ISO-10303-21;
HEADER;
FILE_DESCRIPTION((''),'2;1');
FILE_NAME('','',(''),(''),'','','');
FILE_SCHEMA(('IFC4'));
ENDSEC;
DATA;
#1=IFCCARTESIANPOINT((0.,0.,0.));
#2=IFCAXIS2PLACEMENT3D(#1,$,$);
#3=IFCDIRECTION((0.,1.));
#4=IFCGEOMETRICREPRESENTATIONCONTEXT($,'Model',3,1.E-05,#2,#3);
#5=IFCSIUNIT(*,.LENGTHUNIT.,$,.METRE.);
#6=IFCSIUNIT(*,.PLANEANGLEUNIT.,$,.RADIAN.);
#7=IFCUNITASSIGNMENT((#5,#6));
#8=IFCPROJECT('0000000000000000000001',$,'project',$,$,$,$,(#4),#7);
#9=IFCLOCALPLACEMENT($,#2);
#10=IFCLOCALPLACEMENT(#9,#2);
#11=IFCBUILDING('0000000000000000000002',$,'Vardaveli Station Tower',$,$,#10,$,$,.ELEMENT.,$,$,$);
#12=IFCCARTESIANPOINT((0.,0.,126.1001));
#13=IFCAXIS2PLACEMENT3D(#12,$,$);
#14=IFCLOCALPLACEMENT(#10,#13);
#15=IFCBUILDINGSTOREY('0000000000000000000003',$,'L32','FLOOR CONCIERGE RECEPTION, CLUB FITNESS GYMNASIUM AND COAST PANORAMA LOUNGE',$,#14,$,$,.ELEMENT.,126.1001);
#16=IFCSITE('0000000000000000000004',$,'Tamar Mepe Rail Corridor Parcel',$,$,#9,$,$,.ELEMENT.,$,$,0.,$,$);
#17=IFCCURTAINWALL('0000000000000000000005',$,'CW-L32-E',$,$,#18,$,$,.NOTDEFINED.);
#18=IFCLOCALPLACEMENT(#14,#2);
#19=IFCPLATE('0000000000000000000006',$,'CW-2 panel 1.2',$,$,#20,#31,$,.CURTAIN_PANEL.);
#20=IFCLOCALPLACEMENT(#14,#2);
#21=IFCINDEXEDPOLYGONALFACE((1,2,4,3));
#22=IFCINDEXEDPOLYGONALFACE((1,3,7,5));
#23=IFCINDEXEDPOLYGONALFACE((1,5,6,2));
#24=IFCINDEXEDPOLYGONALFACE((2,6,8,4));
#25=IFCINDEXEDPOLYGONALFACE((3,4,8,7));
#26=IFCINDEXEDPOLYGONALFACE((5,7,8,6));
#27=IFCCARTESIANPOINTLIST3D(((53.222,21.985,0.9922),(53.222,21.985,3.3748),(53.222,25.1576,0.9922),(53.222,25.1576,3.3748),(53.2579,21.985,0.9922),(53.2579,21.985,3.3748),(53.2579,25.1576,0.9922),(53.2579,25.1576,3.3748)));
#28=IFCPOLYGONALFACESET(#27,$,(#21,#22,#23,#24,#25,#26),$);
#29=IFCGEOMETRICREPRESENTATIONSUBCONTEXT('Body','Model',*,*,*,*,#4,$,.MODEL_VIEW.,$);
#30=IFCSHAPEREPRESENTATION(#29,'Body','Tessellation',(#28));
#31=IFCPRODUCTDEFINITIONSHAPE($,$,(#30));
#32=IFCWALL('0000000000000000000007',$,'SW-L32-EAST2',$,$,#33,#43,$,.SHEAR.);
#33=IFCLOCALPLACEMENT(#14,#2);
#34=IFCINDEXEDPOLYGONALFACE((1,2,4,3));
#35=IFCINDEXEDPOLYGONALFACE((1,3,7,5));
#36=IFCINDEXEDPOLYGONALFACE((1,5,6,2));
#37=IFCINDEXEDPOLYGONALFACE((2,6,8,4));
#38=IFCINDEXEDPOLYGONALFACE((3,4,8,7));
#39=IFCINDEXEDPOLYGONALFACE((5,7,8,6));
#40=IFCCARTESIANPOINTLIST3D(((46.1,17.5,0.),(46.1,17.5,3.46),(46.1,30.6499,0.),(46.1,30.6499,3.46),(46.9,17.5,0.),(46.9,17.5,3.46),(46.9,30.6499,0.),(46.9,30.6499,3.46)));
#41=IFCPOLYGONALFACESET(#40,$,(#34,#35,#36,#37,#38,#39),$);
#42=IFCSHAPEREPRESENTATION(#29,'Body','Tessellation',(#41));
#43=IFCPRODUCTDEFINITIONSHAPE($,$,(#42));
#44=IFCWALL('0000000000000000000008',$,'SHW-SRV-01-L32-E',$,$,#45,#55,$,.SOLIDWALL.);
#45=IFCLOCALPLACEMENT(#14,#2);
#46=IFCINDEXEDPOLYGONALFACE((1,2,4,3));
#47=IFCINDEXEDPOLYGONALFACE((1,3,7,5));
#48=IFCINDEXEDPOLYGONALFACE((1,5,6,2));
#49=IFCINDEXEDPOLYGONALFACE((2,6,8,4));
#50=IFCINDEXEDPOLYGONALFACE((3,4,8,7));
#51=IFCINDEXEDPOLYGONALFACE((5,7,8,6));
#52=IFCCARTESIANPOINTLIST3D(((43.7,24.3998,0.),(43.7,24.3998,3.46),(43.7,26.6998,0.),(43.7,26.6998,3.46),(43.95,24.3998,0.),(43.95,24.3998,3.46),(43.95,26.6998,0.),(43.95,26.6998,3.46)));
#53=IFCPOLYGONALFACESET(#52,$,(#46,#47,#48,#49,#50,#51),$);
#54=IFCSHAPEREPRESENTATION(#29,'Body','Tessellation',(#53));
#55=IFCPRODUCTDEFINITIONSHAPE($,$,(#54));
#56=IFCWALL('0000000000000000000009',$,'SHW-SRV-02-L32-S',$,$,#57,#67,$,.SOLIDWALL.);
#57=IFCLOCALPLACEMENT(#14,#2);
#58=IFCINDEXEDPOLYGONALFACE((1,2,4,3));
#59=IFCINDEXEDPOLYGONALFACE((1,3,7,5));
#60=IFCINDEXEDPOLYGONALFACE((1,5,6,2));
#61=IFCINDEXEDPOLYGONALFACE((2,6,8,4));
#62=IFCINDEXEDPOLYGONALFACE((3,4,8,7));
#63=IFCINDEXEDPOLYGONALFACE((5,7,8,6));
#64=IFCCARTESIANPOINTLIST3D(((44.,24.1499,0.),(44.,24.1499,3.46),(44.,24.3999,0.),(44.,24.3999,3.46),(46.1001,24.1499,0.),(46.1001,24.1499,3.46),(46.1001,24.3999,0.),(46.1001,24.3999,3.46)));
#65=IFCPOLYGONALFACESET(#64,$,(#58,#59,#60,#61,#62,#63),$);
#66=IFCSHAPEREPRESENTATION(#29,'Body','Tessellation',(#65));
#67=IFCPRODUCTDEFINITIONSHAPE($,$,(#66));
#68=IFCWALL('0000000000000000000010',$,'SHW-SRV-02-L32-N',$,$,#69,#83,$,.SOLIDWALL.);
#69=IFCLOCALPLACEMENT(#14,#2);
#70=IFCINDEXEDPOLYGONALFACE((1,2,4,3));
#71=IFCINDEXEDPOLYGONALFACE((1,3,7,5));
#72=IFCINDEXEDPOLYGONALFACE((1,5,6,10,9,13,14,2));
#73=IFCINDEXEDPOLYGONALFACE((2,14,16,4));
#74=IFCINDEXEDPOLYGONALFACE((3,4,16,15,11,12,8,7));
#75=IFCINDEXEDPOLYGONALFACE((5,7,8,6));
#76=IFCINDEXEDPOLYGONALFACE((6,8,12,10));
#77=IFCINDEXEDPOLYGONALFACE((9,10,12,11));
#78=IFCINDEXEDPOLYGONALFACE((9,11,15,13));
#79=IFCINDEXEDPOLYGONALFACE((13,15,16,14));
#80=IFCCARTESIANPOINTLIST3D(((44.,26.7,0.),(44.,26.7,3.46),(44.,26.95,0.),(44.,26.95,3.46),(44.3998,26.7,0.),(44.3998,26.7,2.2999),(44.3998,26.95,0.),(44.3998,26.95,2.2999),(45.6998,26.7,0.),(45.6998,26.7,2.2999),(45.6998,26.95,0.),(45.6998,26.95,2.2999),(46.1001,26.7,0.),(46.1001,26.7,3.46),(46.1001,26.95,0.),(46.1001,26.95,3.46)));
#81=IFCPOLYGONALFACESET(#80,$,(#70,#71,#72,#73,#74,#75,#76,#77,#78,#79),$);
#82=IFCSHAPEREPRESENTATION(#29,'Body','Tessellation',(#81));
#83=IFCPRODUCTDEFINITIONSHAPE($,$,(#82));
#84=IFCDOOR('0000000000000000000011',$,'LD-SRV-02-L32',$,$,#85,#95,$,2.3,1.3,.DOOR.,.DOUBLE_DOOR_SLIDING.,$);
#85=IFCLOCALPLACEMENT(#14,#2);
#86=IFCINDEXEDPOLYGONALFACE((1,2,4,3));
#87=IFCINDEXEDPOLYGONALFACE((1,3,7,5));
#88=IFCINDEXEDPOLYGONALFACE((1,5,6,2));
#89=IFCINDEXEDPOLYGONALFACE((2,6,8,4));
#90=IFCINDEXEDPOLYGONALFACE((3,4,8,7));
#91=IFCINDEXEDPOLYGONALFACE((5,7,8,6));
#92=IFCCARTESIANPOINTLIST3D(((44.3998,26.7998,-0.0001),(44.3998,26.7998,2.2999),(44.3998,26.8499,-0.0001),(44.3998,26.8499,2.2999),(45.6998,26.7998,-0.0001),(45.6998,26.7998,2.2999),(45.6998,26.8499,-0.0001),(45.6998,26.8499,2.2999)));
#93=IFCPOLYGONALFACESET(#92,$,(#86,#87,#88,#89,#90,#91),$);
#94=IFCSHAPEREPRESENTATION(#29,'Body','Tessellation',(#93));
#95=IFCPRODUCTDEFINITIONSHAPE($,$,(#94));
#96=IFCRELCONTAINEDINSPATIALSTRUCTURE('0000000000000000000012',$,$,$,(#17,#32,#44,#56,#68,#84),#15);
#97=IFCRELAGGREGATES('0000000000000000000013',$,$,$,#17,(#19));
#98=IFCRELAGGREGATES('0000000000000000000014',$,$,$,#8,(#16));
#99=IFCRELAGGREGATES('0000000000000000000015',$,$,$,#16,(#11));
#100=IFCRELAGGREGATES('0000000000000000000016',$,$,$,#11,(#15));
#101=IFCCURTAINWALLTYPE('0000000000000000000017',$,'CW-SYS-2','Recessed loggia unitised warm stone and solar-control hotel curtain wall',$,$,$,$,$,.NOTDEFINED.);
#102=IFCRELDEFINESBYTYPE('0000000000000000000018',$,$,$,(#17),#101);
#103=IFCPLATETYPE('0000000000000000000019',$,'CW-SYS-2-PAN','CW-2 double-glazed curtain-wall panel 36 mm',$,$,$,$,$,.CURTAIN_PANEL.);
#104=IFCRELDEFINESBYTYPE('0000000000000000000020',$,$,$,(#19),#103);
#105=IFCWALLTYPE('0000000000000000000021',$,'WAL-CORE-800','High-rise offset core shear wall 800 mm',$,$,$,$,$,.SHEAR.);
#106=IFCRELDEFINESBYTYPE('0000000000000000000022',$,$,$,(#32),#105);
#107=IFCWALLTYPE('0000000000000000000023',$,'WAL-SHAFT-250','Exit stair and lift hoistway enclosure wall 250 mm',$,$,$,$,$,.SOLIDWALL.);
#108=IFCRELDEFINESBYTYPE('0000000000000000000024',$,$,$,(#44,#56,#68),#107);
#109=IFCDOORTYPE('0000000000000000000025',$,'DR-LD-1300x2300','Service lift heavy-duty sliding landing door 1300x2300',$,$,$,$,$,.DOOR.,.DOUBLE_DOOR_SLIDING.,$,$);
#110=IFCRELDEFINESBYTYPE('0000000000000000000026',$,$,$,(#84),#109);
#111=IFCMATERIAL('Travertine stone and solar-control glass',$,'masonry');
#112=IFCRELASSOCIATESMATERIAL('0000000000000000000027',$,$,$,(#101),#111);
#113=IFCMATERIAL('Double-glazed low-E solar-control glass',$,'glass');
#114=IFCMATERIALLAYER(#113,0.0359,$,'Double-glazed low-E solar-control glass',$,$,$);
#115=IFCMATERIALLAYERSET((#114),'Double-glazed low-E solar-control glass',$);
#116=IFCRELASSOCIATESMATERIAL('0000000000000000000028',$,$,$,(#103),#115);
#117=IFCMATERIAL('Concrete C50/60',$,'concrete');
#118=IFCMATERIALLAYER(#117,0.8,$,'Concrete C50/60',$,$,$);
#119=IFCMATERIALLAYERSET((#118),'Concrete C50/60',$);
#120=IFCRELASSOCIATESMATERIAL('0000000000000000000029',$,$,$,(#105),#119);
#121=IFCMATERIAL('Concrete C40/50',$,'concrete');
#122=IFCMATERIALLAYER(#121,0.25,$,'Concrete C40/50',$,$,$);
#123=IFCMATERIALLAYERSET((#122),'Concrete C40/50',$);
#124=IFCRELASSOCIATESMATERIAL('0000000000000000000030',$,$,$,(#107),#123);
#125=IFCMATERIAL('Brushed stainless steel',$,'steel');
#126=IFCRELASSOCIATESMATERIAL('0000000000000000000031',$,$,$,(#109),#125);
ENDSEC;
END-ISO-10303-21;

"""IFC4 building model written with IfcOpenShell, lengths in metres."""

from ifc_helpers import new_model, si_unit, direction, frame, frame_2d, origin, origin_2d, place, context, subcontext, project, spatial, rectangle, extrude, source, transform, mapped, material, layer, layer_set, type_object, element, fill, aggregate, save


model = new_model("IFC4")

# Units and contexts
model_context = context("Model", 3, precision=1e-05, world=origin(), true_north=direction((0.0, 1.0)))
body_context = subcontext(model_context, "Body", "Model", "MODEL_VIEW")
ifc_project = project(units=[si_unit("LENGTHUNIT", "METRE"), si_unit("PLANEANGLEUNIT", "RADIAN")], contexts=[model_context])

# Site, building, storey
site_placement = place(None, origin())
site = spatial("IfcSite", under=ifc_project, at=site_placement, Name="Tamar Mepe Rail Corridor Parcel", CompositionType="ELEMENT", RefElevation=0.0)
building_placement = place(site_placement, origin())
building = spatial("IfcBuilding", under=site, at=building_placement, Name="Vardaveli Station Tower", CompositionType="ELEMENT")
storey_placement = place(building_placement, frame((0.0, 0.0, 126.1001)))
storey = spatial("IfcBuildingStorey", under=building, at=storey_placement, Name="L32", Description="FLOOR CONCIERGE RECEPTION, CLUB FITNESS GYMNASIUM AND COAST PANORAMA LOUNGE", CompositionType="ELEMENT", Elevation=126.1001)

# Curtain wall, plate
ifc_material_1 = material(Name="Travertine stone and solar-control glass", Category="masonry")
curtain_wall_type = type_object("IfcCurtainWallType", Name="CW-SYS-2", Description="Recessed loggia unitised warm stone and solar-control hotel curtain wall", PredefinedType="NOTDEFINED", material=ifc_material_1)
curtain_wall_placement = place(storey_placement, origin())
curtain_wall = element("IfcCurtainWall", 1, at=curtain_wall_placement, inside=storey, type_object=curtain_wall_type, Name="CW-L32-E", PredefinedType="NOTDEFINED")
ifc_material_2 = material(Name="Double-glazed low-E solar-control glass", Category="glass")
ifc_layer_1 = layer(ifc_material_2, 0.0359, Name="Double-glazed low-E solar-control glass")
ifc_layer_set_1 = layer_set([ifc_layer_1], Name="Double-glazed low-E solar-control glass")
plate_type = type_object("IfcPlateType", Name="CW-SYS-2-PAN", Description="CW-2 double-glazed curtain-wall panel 36 mm", PredefinedType="CURTAIN_PANEL", material=ifc_layer_set_1)
shared_shape_1 = source(origin(), body_context, "Body", "SweptSolid", [
    extrude(rectangle(XDim=3.1726, YDim=0.0359, at=origin_2d()), origin(), (0.0, 0.0, 1.0), 2.3826),
])
plate_1_placement = place(storey_placement, frame((53.24, 23.5713, 0.9922), z_axis=(0.0, 0.0, 1.0), x_axis=(0.0, 1.0, 0.0)))
plate_1 = element("IfcPlate", 2, at=plate_1_placement, type_object=plate_type, Name="CW-2 panel 1.2", PredefinedType="CURTAIN_PANEL", context=body_context, shape_type="MappedRepresentation", body=[
    mapped(shared_shape_1, transform((0.0, 0.0, 0.0), scale=1.0)),
])
aggregate(curtain_wall, [plate_1])

# Walls
ifc_material_3 = material(Name="Concrete C50/60", Category="concrete")
ifc_layer_2 = layer(ifc_material_3, 0.8, Name="Concrete C50/60")
ifc_layer_set_2 = layer_set([ifc_layer_2], Name="Concrete C50/60")
wall_type_1 = type_object("IfcWallType", Name="WAL-CORE-800", Description="High-rise offset core shear wall 800 mm", PredefinedType="SHEAR", material=ifc_layer_set_2)
shared_shape_2 = source(origin(), body_context, "Body", "SweptSolid", [
    extrude(rectangle(XDim=13.1499, YDim=0.8, at=frame_2d((6.575, 0.0))), origin(), (0.0, 0.0, 1.0), 3.46),
])
wall_1_placement = place(storey_placement, frame((46.5, 17.5, 0.0), z_axis=(0.0, 0.0, 1.0), x_axis=(0.0, 1.0, 0.0)))
element("IfcWall", 3, at=wall_1_placement, inside=storey, type_object=wall_type_1, Name="SW-L32-EAST2", PredefinedType="SHEAR", context=body_context, shape_type="MappedRepresentation", body=[
    mapped(shared_shape_2, transform((0.0, 0.0, 0.0), scale=1.0)),
])
ifc_material_4 = material(Name="Concrete C40/50", Category="concrete")
ifc_layer_3 = layer(ifc_material_4, 0.25, Name="Concrete C40/50")
ifc_layer_set_3 = layer_set([ifc_layer_3], Name="Concrete C40/50")
wall_type_2 = type_object("IfcWallType", Name="WAL-SHAFT-250", Description="Exit stair and lift hoistway enclosure wall 250 mm", PredefinedType="SOLIDWALL", material=ifc_layer_set_3)
shared_shape_3 = source(origin(), body_context, "Body", "SweptSolid", [
    extrude(rectangle(XDim=2.3, YDim=0.25, at=frame_2d((1.1499, 0.0))), origin(), (0.0, 0.0, 1.0), 3.46),
])
wall_2_placement = place(storey_placement, frame((43.825, 24.3999, 0.0), z_axis=(0.0, 0.0, 1.0), x_axis=(0.0, 1.0, 0.0)))
element("IfcWall", 4, at=wall_2_placement, inside=storey, type_object=wall_type_2, Name="SHW-SRV-01-L32-E", PredefinedType="SOLIDWALL", context=body_context, shape_type="MappedRepresentation", body=[
    mapped(shared_shape_3, transform((0.0, 0.0, 0.0), scale=1.0)),
])
shared_shape_4 = source(origin(), body_context, "Body", "SweptSolid", [
    extrude(rectangle(XDim=2.1001, YDim=0.25, at=frame_2d((1.05, 0.0))), origin(), (0.0, 0.0, 1.0), 3.46),
])
wall_3_placement = place(storey_placement, frame((44.0, 24.2749, 0.0), z_axis=(0.0, 0.0, 1.0), x_axis=(1.0, 0.0, 0.0)))
element("IfcWall", 5, at=wall_3_placement, inside=storey, type_object=wall_type_2, Name="SHW-SRV-02-L32-S", PredefinedType="SOLIDWALL", context=body_context, shape_type="MappedRepresentation", body=[
    mapped(shared_shape_4, transform((0.0, 0.0, 0.0), scale=1.0)),
])

# Wall, opening, door
wall_4_placement = place(storey_placement, frame((44.0, 26.825, 0.0), z_axis=(0.0, 0.0, 1.0), x_axis=(1.0, 0.0, 0.0)))
wall_4 = element("IfcWall", 6, at=wall_4_placement, inside=storey, type_object=wall_type_2, Name="SHW-SRV-02-L32-N", PredefinedType="SOLIDWALL", context=body_context, shape_type="MappedRepresentation", body=[
    mapped(shared_shape_4, transform((0.0, 0.0, 0.0), scale=1.0)),
])
shared_shape_5 = source(origin(), body_context, "Body", "SweptSolid", [
    extrude(rectangle(XDim=1.3, YDim=2.3, at=frame_2d((0.6499, 1.1499))), frame((0.0, 0.135, 0.0), z_axis=(0.0, -1.0, 0.0), x_axis=(1.0, 0.0, 0.0)), (0.0, 0.0, 1.0), 0.27),
])
opening_placement = place(wall_4_placement, frame((0.3999, 0.0, 0.0)))
opening = element("IfcOpeningElement", 7, at=opening_placement, cuts=wall_4, PredefinedType="OPENING", context=body_context, shape_type="MappedRepresentation", body=[
    mapped(shared_shape_5, transform((0.0, 0.0, 0.0), scale=1.0)),
])
ifc_material_5 = material(Name="Brushed stainless steel", Category="steel")
door_type = type_object("IfcDoorType", Name="DR-LD-1300x2300", Description="Service lift heavy-duty sliding landing door 1300x2300", OperationType="DOUBLE_DOOR_SLIDING", PredefinedType="DOOR", material=ifc_material_5)
shared_shape_6 = source(origin(), body_context, "Body", "SweptSolid", [
    extrude(rectangle(XDim=1.3, YDim=2.3, at=frame_2d((0.6499, 1.1499))), frame((0.0, 0.0249, 0.0), z_axis=(0.0, -1.0, 0.0), x_axis=(1.0, 0.0, 0.0)), (0.0, 0.0, 1.0), 0.05),
])
door_placement = place(opening_placement, origin())
door = element("IfcDoor", 8, at=door_placement, inside=storey, type_object=door_type, Name="LD-SRV-02-L32", OperationType="DOUBLE_DOOR_SLIDING", OverallHeight=2.3, OverallWidth=1.3, PredefinedType="DOOR", context=body_context, shape_type="MappedRepresentation", body=[
    mapped(shared_shape_6, transform((0.0, 0.0, 0.0), scale=1.0)),
])
fill(opening, door)

save(model, "model.ifc")
